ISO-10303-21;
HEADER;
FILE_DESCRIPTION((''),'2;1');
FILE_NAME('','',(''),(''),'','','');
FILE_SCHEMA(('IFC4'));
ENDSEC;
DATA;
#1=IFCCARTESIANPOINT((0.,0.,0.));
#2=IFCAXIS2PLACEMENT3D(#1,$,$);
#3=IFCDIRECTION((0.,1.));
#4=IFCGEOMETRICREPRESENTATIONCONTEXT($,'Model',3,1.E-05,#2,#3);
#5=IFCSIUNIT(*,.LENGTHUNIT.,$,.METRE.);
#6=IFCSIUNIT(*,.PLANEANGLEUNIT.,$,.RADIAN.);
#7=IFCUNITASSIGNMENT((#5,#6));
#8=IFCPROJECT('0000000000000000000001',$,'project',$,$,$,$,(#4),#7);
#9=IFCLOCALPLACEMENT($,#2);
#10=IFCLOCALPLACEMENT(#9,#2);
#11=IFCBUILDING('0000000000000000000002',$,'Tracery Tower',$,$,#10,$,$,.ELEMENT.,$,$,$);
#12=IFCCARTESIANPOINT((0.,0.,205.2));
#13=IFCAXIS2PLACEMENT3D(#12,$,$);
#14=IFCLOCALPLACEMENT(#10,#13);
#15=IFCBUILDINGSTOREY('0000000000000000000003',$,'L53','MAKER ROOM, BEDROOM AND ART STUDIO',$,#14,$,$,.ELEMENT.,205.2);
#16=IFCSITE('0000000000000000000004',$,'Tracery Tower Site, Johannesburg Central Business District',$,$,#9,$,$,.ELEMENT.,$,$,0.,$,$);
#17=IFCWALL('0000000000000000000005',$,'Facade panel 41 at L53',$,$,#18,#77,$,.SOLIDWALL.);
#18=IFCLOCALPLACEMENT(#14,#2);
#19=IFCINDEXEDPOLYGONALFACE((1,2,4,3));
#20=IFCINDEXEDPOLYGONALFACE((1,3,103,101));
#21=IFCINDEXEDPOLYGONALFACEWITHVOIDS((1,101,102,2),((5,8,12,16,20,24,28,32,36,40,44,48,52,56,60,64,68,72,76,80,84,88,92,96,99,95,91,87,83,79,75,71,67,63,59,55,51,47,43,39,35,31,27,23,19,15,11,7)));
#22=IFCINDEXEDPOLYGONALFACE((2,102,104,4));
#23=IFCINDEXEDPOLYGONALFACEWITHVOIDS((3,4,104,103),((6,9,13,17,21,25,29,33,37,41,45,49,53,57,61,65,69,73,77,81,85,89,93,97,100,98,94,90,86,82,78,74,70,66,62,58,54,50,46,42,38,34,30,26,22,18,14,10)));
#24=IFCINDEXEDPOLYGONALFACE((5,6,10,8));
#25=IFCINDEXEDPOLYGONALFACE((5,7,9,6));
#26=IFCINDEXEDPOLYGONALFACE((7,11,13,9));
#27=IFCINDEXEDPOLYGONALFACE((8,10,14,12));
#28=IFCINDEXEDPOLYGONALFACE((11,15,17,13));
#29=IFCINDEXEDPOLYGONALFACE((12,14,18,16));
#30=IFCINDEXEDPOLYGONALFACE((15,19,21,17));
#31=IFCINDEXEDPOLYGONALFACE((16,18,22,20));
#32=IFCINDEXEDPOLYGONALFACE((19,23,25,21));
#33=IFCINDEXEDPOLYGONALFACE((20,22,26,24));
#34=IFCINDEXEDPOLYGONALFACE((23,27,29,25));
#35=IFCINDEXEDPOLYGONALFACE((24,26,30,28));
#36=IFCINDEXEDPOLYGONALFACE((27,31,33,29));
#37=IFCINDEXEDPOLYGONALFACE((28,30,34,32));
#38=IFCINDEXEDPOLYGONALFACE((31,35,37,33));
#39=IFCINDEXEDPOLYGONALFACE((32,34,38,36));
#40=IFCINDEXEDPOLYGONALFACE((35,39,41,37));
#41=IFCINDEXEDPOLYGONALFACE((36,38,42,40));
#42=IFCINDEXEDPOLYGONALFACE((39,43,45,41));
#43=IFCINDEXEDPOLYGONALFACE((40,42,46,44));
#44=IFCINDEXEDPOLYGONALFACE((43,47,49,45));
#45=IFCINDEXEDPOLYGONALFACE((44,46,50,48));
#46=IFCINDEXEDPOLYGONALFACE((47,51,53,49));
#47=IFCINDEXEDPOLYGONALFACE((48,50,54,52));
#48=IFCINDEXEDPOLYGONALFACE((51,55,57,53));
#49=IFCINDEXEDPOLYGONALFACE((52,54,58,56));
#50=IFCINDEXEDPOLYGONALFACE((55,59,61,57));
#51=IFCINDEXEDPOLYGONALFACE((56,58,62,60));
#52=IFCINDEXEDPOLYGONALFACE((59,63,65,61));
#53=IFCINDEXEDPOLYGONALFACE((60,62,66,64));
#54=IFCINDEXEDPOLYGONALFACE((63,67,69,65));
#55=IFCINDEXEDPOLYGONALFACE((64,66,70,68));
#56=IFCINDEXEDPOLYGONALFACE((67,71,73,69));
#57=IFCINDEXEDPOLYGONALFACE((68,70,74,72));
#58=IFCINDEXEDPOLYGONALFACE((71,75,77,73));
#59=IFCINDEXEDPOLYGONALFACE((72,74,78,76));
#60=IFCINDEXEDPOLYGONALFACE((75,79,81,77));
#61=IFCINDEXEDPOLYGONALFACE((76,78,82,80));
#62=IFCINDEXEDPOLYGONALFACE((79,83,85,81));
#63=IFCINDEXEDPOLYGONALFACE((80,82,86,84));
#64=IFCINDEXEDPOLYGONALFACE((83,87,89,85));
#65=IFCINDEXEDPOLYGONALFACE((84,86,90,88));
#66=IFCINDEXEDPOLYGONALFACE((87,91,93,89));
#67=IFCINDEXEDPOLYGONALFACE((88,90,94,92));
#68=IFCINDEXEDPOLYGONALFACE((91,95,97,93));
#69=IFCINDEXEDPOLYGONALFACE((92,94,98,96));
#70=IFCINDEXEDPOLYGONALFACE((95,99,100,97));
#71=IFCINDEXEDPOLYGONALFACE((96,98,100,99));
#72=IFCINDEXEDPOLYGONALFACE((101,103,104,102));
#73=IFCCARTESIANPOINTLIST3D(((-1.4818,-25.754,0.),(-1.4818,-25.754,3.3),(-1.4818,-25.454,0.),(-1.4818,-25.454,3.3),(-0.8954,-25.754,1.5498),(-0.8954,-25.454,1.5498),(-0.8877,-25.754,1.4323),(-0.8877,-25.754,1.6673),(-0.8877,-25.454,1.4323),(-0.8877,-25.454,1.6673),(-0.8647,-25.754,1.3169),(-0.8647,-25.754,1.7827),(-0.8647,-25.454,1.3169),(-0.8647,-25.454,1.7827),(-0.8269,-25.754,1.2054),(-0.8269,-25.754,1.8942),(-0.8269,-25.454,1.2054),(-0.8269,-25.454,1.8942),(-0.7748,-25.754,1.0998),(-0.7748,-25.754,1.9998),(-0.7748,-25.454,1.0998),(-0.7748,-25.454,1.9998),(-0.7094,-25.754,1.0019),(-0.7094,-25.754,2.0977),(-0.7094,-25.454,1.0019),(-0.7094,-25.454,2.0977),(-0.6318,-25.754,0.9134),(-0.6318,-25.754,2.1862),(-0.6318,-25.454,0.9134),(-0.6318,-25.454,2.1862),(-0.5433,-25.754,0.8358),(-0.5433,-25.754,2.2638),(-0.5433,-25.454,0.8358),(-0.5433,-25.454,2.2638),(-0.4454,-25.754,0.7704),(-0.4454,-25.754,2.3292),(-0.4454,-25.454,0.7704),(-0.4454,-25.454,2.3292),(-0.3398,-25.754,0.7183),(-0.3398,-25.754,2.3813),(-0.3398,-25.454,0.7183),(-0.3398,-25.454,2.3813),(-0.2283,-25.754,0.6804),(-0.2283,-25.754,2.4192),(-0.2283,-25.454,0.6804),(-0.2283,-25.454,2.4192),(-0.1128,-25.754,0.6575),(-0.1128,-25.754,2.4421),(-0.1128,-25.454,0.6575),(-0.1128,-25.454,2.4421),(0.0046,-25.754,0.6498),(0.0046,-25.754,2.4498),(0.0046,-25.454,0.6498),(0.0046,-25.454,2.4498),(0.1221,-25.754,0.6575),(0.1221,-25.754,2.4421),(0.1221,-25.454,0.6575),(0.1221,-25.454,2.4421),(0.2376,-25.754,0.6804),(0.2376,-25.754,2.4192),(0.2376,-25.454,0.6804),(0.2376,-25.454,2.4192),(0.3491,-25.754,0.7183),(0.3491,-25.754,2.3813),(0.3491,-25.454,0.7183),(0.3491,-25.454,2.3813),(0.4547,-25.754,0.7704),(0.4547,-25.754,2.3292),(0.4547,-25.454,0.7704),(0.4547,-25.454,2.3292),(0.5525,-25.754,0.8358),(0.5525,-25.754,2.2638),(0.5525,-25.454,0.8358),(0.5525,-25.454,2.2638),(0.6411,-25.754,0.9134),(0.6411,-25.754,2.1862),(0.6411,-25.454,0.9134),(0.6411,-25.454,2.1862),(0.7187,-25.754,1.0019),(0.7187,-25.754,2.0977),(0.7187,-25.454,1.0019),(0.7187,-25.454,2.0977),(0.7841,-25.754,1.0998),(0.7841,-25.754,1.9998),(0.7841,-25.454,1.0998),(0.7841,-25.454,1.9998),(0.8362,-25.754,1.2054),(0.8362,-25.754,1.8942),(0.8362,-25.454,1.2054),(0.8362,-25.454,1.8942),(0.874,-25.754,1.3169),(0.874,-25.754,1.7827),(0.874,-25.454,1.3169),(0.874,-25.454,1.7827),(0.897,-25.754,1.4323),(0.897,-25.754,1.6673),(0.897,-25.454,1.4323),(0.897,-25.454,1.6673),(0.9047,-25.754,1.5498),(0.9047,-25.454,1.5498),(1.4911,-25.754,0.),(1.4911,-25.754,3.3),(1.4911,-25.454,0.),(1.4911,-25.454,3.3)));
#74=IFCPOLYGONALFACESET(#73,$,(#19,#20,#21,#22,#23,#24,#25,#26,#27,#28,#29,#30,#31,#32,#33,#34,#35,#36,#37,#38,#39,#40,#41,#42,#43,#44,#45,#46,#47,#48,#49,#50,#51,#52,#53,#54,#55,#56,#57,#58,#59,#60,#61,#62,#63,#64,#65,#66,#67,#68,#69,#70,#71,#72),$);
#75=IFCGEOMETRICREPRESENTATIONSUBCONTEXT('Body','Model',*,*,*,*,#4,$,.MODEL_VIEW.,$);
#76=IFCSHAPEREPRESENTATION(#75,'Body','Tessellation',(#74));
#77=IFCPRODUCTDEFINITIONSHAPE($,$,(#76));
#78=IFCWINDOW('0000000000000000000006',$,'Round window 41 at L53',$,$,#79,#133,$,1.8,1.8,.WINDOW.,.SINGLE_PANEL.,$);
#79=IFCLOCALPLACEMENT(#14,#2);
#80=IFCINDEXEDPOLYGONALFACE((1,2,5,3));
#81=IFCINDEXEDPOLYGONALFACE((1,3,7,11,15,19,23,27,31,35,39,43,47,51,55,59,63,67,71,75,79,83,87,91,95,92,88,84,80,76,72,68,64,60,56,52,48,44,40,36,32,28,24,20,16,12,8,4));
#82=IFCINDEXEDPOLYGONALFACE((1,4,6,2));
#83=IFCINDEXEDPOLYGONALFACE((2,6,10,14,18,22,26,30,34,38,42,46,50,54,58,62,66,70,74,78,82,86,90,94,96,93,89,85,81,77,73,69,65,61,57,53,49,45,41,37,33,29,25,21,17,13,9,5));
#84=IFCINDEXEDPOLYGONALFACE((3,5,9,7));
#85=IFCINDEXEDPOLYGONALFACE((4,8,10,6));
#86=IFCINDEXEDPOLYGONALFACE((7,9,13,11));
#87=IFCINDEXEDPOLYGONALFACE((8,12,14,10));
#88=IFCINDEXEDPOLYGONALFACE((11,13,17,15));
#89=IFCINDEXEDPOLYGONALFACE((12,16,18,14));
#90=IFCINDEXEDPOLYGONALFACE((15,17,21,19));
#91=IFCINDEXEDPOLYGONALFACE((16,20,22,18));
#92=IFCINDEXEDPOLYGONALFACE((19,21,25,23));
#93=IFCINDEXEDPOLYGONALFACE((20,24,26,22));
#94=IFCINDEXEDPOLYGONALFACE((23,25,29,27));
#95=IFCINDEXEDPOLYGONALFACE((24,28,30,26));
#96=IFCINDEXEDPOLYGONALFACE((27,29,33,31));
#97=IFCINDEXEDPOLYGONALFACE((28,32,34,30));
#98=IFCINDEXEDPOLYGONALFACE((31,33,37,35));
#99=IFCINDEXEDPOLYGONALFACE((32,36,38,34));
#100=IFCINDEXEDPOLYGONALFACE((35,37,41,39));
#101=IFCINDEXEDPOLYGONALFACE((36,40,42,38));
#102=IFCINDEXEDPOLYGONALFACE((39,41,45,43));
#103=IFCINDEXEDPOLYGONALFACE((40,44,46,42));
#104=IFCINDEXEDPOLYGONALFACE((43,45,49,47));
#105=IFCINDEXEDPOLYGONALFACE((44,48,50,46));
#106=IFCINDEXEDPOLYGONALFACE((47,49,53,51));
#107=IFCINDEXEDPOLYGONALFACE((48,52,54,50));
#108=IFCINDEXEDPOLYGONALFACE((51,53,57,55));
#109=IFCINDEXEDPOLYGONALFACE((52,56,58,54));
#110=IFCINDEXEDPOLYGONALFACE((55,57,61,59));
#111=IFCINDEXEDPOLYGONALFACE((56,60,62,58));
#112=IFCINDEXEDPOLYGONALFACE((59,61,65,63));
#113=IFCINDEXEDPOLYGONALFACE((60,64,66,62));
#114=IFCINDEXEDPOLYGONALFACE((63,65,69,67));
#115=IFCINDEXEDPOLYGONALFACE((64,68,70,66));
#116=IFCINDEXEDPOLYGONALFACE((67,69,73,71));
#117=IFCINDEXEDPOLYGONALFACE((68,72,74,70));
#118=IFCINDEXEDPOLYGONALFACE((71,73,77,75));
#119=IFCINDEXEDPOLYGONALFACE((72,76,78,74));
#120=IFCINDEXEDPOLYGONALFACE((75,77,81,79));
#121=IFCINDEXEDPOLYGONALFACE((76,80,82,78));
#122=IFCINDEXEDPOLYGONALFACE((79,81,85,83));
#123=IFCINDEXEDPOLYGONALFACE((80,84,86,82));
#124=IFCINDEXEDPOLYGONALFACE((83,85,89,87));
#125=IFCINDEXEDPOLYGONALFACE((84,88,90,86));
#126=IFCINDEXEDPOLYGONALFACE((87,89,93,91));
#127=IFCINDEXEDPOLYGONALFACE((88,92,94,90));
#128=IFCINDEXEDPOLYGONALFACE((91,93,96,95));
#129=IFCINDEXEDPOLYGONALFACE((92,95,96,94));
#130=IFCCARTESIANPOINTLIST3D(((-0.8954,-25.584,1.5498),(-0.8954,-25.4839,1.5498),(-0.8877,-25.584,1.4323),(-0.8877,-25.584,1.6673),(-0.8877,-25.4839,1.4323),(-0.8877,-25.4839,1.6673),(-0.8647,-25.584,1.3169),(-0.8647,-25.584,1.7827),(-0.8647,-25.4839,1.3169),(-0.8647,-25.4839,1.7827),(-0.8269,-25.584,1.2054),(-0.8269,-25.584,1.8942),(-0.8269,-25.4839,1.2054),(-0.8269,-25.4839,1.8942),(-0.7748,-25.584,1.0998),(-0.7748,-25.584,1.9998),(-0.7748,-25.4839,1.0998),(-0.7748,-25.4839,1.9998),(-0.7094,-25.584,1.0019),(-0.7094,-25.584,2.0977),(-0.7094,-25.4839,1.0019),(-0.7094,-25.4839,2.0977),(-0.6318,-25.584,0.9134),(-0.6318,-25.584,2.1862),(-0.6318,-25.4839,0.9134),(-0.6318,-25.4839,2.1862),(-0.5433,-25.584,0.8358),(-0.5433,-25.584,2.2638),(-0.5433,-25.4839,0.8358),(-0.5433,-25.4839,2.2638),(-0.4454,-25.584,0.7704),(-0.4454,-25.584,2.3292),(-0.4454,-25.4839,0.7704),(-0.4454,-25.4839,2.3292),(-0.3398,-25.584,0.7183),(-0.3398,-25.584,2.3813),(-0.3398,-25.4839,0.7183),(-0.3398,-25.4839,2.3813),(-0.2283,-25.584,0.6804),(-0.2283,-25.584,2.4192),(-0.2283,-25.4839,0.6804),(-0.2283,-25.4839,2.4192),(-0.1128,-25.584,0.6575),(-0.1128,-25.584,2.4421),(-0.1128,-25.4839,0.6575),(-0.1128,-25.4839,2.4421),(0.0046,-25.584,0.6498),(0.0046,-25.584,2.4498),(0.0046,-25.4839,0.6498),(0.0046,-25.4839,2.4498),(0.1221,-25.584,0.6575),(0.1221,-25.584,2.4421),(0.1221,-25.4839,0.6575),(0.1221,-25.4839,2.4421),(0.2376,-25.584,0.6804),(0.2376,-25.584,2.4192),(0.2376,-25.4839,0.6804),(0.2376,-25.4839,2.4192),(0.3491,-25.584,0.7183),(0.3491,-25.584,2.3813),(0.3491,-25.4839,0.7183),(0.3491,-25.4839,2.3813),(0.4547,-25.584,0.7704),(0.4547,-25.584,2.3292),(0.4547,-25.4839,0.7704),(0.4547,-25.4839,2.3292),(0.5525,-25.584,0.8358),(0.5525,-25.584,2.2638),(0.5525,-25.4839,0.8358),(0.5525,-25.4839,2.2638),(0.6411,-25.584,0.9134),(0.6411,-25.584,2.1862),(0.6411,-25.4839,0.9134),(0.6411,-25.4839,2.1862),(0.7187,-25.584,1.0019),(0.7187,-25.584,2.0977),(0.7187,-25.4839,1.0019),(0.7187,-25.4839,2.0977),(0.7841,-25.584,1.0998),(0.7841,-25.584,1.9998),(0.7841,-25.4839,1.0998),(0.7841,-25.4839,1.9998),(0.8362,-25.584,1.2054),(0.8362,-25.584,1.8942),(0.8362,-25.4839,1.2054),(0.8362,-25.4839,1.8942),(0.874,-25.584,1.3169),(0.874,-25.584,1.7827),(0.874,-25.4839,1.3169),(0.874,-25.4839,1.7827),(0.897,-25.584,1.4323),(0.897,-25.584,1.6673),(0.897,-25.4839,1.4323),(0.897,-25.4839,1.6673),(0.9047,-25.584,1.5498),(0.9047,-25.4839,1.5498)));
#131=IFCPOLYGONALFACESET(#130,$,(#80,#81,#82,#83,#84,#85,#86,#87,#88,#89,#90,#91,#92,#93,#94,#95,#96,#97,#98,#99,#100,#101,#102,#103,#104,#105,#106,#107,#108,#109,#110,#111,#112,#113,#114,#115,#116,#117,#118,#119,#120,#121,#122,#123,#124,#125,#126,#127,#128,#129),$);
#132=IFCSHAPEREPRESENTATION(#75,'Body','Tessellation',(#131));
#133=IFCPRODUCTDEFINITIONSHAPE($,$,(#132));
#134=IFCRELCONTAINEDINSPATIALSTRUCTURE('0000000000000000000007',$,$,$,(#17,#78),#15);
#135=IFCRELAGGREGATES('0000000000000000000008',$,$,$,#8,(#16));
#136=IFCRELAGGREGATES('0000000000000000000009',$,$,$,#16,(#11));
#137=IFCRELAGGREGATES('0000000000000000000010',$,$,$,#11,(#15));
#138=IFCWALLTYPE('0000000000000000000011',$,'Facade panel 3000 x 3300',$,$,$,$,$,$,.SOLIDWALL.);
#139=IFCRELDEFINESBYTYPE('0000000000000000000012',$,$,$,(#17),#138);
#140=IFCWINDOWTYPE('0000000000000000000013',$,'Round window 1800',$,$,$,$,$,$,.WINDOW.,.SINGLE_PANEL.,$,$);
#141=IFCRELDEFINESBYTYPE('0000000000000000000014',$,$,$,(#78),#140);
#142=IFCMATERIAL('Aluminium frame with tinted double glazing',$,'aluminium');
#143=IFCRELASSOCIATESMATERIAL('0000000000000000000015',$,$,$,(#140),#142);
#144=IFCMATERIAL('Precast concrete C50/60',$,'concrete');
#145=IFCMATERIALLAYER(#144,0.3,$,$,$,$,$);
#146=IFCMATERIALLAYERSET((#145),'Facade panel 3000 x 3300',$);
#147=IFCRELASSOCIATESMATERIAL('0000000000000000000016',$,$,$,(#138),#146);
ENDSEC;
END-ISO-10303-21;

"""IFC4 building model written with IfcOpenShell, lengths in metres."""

from ifc_helpers import new_model, si_unit, direction, frame, frame_2d, origin, origin_2d, place, context, subcontext, project, spatial, rectangle, circle, extrude, material, layer, layer_set, type_object, element, fill, save


model = new_model("IFC4")

# Units and contexts
model_context = context("Model", 3, precision=1e-05, world=origin(), true_north=direction((0.0, 1.0)))
body_context = subcontext(model_context, "Body", "Model", "MODEL_VIEW")
ifc_project = project(units=[si_unit("LENGTHUNIT", "METRE"), si_unit("PLANEANGLEUNIT", "RADIAN")], contexts=[model_context])

# Site, building, storey
site_placement = place(None, origin())
site = spatial("IfcSite", under=ifc_project, at=site_placement, Name="Tracery Tower Site, Johannesburg Central Business District", CompositionType="ELEMENT", RefElevation=0.0)
building_placement = place(site_placement, origin())
building = spatial("IfcBuilding", under=site, at=building_placement, Name="Tracery Tower", CompositionType="ELEMENT")
storey_placement = place(building_placement, frame((0.0, 0.0, 205.2)))
storey = spatial("IfcBuildingStorey", under=building, at=storey_placement, Name="L53", Description="MAKER ROOM, BEDROOM AND ART STUDIO", CompositionType="ELEMENT", Elevation=205.2)

# Wall, opening, window
ifc_material_1 = material(Name="Aluminium frame with tinted double glazing", Category="aluminium")
window_type = type_object("IfcWindowType", Name="Round window 1800", PartitioningType="SINGLE_PANEL", PredefinedType="WINDOW", material=ifc_material_1)
ifc_material_2 = material(Name="Precast concrete C50/60", Category="concrete")
ifc_layer_1 = layer(ifc_material_2, 0.3)
ifc_layer_set_1 = layer_set([ifc_layer_1], Name="Facade panel 3000 x 3300")
wall_type_1 = type_object("IfcWallType", Name="Facade panel 3000 x 3300", PredefinedType="SOLIDWALL", material=ifc_layer_set_1)
wall_1_placement = place(storey_placement, frame((-1.4817, -25.604, 0.0), z_axis=(0.0, 0.0, 1.0), x_axis=(1.0, 0.0, 0.0)))
wall_1 = element("IfcWall", 1, at=wall_1_placement, inside=storey, type_object=wall_type_1, Name="Facade panel 41 at L53", PredefinedType="SOLIDWALL", context=body_context, shape_type="SweptSolid", body=[
    extrude(rectangle(XDim=2.9729, YDim=0.3, at=frame_2d((1.4863, 0.0))), origin(), (0.0, 0.0, 1.0), 3.3),
])
opening_1_placement = place(wall_1_placement, frame((1.4863, 0.0, 1.5498)))
opening_1 = element("IfcOpeningElement", 2, at=opening_1_placement, cuts=wall_1, PredefinedType="OPENING", context=body_context, shape_type="SweptSolid", body=[
    extrude(circle(Radius=0.9, at=origin_2d()), frame((0.0, 0.1599, 0.0), z_axis=(0.0, -1.0, 0.0), x_axis=(1.0, 0.0, 0.0)), (0.0, 0.0, 1.0), 0.3201),
])
window_1_placement = place(opening_1_placement, origin())
window_1 = element("IfcWindow", 3, at=window_1_placement, inside=storey, type_object=window_type, Name="Round window 41 at L53", OverallHeight=1.8, OverallWidth=1.8, PartitioningType="SINGLE_PANEL", PredefinedType="WINDOW", context=body_context, shape_type="SweptSolid", body=[
    extrude(circle(Radius=0.9, at=origin_2d()), frame((0.0, 0.1201, 0.0), z_axis=(0.0, -1.0, 0.0), x_axis=(1.0, 0.0, 0.0)), (0.0, 0.0, 1.0), 0.1001),
])
fill(opening_1, window_1)

save(model, "model.ifc")
